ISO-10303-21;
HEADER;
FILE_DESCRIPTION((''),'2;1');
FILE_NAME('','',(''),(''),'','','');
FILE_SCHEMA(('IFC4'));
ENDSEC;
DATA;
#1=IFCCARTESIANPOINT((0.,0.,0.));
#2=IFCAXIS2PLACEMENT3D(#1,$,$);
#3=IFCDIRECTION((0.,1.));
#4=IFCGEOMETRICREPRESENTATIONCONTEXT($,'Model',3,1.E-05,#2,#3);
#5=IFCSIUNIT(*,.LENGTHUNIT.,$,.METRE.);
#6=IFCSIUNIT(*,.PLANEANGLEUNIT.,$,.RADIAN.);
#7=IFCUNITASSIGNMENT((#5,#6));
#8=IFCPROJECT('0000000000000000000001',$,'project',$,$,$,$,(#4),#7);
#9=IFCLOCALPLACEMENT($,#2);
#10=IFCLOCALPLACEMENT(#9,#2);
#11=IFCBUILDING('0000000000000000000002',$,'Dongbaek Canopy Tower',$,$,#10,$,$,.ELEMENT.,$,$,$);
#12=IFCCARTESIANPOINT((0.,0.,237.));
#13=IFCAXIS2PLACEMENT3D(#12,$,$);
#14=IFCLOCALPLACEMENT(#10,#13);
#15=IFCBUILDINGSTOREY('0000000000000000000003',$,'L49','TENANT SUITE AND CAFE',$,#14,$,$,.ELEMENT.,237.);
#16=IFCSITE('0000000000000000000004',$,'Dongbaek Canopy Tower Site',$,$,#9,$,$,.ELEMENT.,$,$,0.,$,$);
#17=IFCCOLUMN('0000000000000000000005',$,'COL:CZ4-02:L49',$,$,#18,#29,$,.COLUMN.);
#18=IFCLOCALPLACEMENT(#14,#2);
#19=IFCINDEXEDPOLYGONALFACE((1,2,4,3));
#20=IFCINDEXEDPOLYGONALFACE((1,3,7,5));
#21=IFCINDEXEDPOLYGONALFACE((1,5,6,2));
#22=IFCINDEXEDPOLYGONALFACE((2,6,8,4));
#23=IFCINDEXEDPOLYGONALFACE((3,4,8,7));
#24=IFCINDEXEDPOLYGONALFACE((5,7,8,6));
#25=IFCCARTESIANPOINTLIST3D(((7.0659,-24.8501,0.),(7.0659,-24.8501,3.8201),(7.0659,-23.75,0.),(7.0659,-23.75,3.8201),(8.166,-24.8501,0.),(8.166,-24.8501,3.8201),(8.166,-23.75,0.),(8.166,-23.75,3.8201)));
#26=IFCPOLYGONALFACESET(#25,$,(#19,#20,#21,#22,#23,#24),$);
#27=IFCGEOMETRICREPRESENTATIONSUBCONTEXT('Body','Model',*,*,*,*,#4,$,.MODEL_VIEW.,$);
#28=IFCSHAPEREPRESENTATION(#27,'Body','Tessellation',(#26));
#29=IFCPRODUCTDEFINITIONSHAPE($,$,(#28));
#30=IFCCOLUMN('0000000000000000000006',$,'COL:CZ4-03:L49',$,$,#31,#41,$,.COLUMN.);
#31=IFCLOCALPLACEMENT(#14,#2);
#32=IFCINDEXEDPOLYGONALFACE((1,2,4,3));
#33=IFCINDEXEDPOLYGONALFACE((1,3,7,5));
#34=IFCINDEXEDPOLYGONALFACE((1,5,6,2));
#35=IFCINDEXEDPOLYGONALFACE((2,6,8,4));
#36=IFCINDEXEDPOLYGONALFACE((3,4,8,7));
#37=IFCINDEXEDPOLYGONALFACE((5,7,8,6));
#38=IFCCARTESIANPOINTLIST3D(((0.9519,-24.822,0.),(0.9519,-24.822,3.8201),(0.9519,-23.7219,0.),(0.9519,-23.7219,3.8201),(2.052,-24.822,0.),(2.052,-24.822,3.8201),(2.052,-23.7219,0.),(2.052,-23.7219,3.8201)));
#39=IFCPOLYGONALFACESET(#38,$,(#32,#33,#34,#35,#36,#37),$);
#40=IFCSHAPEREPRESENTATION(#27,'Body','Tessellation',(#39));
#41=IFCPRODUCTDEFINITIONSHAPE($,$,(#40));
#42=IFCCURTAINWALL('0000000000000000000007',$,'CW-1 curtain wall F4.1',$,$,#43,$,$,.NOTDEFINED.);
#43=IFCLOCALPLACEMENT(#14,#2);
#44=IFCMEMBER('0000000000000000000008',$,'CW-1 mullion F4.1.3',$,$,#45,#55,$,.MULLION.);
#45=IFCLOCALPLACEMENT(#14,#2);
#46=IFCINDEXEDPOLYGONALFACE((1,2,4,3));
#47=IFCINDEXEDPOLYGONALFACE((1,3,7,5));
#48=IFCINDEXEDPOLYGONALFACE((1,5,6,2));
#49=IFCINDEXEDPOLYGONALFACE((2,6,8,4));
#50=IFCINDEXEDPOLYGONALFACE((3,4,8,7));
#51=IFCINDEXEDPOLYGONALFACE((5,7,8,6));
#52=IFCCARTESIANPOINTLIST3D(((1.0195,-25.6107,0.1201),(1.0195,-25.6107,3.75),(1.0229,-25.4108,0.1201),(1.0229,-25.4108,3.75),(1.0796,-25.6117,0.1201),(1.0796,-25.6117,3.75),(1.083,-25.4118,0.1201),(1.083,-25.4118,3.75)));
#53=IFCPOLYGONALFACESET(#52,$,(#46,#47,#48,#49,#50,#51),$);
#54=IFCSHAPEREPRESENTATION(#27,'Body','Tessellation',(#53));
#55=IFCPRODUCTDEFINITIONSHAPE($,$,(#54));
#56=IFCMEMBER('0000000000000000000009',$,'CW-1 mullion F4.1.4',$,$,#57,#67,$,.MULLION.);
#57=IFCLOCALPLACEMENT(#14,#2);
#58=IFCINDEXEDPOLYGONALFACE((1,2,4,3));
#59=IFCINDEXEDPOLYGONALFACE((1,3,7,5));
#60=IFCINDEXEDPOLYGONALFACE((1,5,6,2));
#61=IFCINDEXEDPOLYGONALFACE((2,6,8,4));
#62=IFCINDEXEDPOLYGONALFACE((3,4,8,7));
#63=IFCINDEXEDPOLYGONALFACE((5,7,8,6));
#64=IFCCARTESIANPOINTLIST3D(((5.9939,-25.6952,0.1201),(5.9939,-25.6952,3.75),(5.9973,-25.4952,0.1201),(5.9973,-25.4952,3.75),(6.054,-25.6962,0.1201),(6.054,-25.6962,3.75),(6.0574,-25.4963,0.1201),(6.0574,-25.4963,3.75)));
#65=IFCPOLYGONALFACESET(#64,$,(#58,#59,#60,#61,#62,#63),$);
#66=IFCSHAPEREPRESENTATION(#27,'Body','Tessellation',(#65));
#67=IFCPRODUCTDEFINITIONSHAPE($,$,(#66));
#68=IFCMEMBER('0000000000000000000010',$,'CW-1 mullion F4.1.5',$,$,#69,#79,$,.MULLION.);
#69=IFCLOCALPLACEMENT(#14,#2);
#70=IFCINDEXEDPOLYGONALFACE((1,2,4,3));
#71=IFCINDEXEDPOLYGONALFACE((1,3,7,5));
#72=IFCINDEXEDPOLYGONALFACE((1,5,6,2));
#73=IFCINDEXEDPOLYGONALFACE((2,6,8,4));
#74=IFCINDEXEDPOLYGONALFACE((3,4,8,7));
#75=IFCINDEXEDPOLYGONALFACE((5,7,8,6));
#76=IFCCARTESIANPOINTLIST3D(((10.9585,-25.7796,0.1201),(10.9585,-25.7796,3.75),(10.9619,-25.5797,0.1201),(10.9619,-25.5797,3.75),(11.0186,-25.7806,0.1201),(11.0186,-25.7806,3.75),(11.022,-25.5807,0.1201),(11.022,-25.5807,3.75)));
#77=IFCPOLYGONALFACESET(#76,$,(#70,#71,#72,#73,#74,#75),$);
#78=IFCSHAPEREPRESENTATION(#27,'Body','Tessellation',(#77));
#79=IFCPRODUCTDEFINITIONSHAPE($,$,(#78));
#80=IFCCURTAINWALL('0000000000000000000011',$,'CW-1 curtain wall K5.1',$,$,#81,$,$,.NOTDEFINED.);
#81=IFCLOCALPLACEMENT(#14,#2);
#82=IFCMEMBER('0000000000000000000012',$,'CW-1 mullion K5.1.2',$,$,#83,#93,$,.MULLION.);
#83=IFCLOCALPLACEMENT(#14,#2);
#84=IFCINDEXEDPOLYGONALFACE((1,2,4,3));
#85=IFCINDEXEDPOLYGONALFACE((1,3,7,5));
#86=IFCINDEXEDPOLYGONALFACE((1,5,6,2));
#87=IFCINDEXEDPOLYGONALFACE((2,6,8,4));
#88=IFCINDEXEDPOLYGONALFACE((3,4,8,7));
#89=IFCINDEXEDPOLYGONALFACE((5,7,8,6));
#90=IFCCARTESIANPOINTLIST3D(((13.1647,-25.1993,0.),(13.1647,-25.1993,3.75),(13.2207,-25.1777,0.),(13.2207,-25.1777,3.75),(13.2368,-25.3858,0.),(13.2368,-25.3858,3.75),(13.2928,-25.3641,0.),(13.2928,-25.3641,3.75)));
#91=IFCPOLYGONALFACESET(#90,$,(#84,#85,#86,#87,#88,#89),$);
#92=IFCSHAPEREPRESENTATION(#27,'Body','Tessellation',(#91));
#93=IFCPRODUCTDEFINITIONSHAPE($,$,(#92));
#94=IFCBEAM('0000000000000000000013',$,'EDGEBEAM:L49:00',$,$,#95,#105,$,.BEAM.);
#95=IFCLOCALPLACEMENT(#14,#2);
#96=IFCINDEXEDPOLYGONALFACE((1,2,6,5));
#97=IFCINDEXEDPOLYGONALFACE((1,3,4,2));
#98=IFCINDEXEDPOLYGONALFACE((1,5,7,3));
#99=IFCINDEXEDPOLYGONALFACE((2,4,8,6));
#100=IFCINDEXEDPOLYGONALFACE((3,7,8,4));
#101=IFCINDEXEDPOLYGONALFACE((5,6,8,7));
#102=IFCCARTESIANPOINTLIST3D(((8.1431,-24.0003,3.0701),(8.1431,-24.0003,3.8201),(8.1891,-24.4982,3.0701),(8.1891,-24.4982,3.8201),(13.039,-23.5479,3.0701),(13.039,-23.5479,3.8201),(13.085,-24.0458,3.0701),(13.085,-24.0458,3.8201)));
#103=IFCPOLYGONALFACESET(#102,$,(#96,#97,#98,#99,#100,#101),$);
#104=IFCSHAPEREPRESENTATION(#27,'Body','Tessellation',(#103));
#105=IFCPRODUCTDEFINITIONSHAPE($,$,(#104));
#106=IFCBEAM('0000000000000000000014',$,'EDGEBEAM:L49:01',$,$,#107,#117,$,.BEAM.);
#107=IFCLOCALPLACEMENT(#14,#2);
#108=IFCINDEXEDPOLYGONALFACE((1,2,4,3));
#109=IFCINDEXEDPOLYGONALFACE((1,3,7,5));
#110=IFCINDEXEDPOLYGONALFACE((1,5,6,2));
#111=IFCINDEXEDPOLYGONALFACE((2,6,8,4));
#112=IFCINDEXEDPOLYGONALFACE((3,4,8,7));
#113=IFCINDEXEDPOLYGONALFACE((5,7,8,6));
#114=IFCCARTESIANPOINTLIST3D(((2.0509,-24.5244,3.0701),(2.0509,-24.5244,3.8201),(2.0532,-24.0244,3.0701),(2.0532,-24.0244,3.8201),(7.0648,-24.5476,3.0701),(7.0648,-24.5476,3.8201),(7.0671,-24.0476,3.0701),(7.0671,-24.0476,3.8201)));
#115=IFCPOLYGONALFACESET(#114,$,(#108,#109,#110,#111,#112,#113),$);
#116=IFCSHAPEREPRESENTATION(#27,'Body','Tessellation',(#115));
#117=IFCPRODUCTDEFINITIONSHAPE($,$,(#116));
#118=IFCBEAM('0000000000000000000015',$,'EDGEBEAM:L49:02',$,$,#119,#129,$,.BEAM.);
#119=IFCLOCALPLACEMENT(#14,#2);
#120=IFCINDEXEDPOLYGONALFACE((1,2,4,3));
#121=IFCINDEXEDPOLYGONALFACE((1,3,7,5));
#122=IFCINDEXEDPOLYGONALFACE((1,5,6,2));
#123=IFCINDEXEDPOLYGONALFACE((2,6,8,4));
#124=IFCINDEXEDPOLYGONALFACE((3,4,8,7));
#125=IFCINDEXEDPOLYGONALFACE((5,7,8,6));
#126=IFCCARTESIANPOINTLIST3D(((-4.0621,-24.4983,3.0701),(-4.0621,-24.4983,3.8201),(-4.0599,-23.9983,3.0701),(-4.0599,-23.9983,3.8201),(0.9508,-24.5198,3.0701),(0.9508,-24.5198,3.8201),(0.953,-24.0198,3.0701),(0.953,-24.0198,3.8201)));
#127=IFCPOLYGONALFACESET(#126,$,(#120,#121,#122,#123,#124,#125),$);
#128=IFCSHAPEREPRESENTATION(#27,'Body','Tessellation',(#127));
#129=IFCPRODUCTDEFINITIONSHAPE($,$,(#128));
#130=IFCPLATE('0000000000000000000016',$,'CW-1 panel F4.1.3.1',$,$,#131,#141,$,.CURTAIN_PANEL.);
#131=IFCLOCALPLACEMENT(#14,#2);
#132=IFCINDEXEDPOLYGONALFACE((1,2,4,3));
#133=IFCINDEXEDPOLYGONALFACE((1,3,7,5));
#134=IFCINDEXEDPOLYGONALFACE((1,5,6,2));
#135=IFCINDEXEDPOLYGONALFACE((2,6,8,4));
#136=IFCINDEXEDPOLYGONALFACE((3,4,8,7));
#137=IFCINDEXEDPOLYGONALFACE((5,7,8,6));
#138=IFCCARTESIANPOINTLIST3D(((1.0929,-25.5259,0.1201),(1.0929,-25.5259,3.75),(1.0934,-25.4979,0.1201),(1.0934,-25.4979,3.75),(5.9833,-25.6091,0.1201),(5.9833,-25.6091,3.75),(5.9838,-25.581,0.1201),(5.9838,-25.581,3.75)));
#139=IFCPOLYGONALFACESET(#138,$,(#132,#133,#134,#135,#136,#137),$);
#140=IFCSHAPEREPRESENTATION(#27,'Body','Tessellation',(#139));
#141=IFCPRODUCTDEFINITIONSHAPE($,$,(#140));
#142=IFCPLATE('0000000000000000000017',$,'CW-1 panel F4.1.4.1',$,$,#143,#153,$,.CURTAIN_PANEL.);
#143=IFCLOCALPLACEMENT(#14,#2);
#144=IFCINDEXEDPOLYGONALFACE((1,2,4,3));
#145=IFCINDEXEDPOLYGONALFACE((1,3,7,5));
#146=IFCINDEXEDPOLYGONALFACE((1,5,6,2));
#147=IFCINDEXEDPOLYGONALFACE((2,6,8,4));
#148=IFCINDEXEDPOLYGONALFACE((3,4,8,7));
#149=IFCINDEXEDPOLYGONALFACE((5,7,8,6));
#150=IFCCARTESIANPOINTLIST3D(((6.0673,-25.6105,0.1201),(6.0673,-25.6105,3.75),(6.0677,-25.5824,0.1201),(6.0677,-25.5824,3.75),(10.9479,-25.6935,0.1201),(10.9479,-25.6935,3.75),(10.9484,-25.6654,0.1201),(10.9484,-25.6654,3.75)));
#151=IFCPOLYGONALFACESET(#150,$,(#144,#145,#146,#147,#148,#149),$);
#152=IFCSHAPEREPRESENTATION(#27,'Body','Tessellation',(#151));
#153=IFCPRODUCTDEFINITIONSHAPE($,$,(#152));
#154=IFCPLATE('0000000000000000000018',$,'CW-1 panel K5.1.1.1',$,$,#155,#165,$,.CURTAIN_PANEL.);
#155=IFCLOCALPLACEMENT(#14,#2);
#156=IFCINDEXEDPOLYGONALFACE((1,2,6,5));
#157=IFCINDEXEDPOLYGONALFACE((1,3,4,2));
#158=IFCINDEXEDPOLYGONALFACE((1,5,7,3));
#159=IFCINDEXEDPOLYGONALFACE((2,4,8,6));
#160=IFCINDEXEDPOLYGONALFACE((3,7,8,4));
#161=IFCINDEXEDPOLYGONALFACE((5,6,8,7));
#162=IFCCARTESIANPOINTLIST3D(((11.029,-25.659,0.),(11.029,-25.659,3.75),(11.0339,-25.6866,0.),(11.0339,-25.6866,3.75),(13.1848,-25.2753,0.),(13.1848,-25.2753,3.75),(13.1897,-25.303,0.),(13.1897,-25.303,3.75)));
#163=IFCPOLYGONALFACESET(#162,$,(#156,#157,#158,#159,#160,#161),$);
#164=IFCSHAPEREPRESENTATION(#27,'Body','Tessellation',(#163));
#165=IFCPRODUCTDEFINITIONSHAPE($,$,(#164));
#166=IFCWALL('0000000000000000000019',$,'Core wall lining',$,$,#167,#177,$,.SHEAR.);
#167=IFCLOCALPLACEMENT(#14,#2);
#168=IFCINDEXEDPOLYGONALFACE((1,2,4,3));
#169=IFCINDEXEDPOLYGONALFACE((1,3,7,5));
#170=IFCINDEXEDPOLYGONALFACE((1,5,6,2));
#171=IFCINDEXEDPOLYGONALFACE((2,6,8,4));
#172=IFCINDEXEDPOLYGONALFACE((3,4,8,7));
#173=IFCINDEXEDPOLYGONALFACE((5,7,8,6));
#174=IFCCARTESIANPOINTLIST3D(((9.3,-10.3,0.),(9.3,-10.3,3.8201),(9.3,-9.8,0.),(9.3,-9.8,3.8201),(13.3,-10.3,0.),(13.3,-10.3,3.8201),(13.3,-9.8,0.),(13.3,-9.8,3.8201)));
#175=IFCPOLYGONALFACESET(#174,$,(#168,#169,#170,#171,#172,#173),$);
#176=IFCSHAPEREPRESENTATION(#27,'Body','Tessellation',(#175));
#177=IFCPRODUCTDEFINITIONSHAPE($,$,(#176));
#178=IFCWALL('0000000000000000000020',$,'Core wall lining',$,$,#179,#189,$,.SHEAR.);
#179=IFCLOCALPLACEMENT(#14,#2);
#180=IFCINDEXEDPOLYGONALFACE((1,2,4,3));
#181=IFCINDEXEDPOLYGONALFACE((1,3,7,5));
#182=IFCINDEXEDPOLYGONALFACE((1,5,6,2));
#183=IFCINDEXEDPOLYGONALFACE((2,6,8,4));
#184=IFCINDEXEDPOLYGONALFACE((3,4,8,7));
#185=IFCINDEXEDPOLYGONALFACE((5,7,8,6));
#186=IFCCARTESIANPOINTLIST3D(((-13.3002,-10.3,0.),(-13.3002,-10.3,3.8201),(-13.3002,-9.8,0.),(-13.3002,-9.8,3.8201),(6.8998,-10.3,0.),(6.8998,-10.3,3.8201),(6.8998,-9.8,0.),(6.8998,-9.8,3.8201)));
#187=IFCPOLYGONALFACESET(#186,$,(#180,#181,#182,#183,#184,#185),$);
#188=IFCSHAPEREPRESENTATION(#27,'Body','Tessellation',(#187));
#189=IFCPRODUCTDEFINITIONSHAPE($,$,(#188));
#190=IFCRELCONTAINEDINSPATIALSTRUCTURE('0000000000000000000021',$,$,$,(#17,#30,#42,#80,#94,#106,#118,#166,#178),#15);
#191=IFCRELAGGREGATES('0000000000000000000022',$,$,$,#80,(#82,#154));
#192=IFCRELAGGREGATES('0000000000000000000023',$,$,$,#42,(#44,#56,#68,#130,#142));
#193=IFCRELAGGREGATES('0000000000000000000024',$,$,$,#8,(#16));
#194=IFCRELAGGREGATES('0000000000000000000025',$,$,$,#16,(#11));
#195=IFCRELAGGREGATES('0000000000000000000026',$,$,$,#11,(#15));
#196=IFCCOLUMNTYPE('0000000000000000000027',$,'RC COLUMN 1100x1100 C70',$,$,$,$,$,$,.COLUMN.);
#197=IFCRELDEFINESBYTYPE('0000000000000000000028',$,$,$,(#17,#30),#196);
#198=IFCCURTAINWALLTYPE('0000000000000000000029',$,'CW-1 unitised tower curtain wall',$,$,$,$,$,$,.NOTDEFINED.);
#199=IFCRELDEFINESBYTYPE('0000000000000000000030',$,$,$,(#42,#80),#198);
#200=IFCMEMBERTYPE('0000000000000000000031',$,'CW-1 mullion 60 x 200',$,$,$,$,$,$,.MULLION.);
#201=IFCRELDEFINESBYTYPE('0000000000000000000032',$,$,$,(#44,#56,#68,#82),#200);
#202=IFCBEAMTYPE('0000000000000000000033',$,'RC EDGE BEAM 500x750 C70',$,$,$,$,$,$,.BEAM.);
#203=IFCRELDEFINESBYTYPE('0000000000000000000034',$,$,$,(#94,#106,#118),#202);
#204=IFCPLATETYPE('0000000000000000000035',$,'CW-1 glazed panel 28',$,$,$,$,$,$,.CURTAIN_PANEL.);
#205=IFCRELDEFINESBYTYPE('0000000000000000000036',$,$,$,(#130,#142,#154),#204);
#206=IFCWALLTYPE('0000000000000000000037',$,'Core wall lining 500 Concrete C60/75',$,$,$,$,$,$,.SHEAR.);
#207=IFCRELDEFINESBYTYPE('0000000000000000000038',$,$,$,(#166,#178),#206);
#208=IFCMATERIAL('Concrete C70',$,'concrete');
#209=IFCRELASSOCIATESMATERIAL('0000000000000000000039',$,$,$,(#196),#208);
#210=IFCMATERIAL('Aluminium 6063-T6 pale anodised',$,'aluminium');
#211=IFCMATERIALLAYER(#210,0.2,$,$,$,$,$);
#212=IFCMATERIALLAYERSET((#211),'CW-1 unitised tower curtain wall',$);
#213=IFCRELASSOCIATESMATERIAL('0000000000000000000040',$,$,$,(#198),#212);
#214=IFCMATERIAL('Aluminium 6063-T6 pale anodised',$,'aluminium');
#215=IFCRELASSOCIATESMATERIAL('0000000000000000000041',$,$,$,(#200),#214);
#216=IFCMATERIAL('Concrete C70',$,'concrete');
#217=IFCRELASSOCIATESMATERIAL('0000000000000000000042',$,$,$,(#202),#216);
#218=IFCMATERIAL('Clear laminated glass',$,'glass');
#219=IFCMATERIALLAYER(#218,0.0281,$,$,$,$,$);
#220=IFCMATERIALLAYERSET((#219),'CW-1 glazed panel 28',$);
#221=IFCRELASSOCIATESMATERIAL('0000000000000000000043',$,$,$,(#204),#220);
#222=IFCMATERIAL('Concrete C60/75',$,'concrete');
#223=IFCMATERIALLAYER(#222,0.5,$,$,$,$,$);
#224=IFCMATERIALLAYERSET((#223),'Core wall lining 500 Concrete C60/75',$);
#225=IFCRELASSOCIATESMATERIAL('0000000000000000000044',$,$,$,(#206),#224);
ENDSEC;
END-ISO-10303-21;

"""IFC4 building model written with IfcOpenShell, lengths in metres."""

from ifc_helpers import new_model, si_unit, direction, frame, frame_2d, origin, origin_2d, place, context, subcontext, project, spatial, rectangle, extrude, material, layer, layer_set, material_profile, profile_set, type_object, element, aggregate, save


model = new_model("IFC4")

# Units and contexts
model_context = context("Model", 3, precision=1e-05, world=origin(), true_north=direction((0.0, 1.0)))
body_context = subcontext(model_context, "Body", "Model", "MODEL_VIEW")
ifc_project = project(units=[si_unit("LENGTHUNIT", "METRE"), si_unit("PLANEANGLEUNIT", "RADIAN")], contexts=[model_context])

# Site, building, storey
site_placement = place(None, origin())
site = spatial("IfcSite", under=ifc_project, at=site_placement, Name="Dongbaek Canopy Tower Site", CompositionType="ELEMENT", RefElevation=0.0)
building_placement = place(site_placement, origin())
building = spatial("IfcBuilding", under=site, at=building_placement, Name="Dongbaek Canopy Tower", CompositionType="ELEMENT")
storey_placement = place(building_placement, frame((0.0, 0.0, 237.0)))
storey = spatial("IfcBuildingStorey", under=building, at=storey_placement, Name="L49", Description="TENANT SUITE AND CAFE", CompositionType="ELEMENT", Elevation=237.0)

# Columns
ifc_material_1 = material(Name="Concrete C70", Category="concrete")
ifc_material_profile_1 = material_profile(ifc_material_1, rectangle(XDim=1.1001, YDim=1.1001, at=origin_2d()), Name="RC COLUMN 1100x1100 C70")
ifc_profile_set_1 = profile_set([ifc_material_profile_1], Name="Concrete C70")
column_type = type_object("IfcColumnType", Name="RC COLUMN 1100x1100 C70", PredefinedType="COLUMN", material=ifc_profile_set_1)
for number, where, z_axis, x_axis, name in (
    (1, (7.616, -24.3, 0.0), (0.0, 0.0, 1.0), (1.0, 0.0, 0.0), "COL:CZ4-02:L49"),
    (2, (1.502, -24.272, 0.0), (0.0, 0.0, 1.0), (1.0, 0.0, 0.0), "COL:CZ4-03:L49"),
):
    element("IfcColumn", number, at=place(storey_placement, frame(where, z_axis=z_axis, x_axis=x_axis)), inside=storey, type_object=column_type, Name=name, PredefinedType="COLUMN", context=body_context, shape_type="SweptSolid", body=[
        extrude(rectangle(XDim=1.1001, YDim=1.1001, at=origin_2d()), origin(), (0.0, 0.0, 1.0), 3.8201),
    ])

# Curtain wall, members
ifc_material_2 = material(Name="Aluminium 6063-T6 pale anodised", Category="aluminium")
ifc_layer_1 = layer(ifc_material_2, 0.2)
ifc_layer_set_1 = layer_set([ifc_layer_1], Name="CW-1 unitised tower curtain wall")
curtain_wall_type = type_object("IfcCurtainWallType", Name="CW-1 unitised tower curtain wall", PredefinedType="NOTDEFINED", material=ifc_layer_set_1)
curtain_wall_1_placement = place(storey_placement, origin())
curtain_wall_1 = element("IfcCurtainWall", 3, at=curtain_wall_1_placement, inside=storey, type_object=curtain_wall_type, Name="CW-1 curtain wall F4.1", PredefinedType="NOTDEFINED")
ifc_material_3 = material(Name="Aluminium 6063-T6 pale anodised", Category="aluminium")
ifc_material_profile_2 = material_profile(ifc_material_3, rectangle(XDim=0.2, YDim=0.0601, at=origin_2d()), Name="CW-1 mullion 60 x 200")
ifc_profile_set_2 = profile_set([ifc_material_profile_2], Name="Aluminium 6063-T6 pale anodised")
member_type = type_object("IfcMemberType", Name="CW-1 mullion 60 x 200", PredefinedType="MULLION", material=ifc_profile_set_2)
member_1_placement = place(storey_placement, frame((1.0513, -25.5112, 0.1201), z_axis=(0.0, 0.0, 1.0), x_axis=(-0.016993, -0.999856, 0.0)))
member_1 = element("IfcMember", 4, at=member_1_placement, type_object=member_type, Name="CW-1 mullion F4.1.3", PredefinedType="MULLION", context=body_context, shape_type="SweptSolid", body=[
    extrude(rectangle(XDim=0.2, YDim=0.0601, at=origin_2d()), origin(), (0.0, 0.0, 1.0), 3.6299),
])
member_2_placement = place(storey_placement, frame((6.0256, -25.5957, 0.1201), z_axis=(0.0, 0.0, 1.0), x_axis=(-0.016993, -0.999856, 0.0)))
member_2 = element("IfcMember", 5, at=member_2_placement, type_object=member_type, Name="CW-1 mullion F4.1.4", PredefinedType="MULLION", context=body_context, shape_type="SweptSolid", body=[
    extrude(rectangle(XDim=0.2, YDim=0.0601, at=origin_2d()), origin(), (0.0, 0.0, 1.0), 3.6299),
])
member_3_placement = place(storey_placement, frame((10.9902, -25.6802, 0.1201), z_axis=(0.0, 0.0, 1.0), x_axis=(-0.016993, -0.999856, 0.0)))
member_3 = element("IfcMember", 6, at=member_3_placement, type_object=member_type, Name="CW-1 mullion F4.1.5", PredefinedType="MULLION", context=body_context, shape_type="SweptSolid", body=[
    extrude(rectangle(XDim=0.2, YDim=0.0601, at=origin_2d()), origin(), (0.0, 0.0, 1.0), 3.6299),
])

# Curtain wall, member
curtain_wall_2_placement = place(storey_placement, origin())
curtain_wall_2 = element("IfcCurtainWall", 7, at=curtain_wall_2_placement, inside=storey, type_object=curtain_wall_type, Name="CW-1 curtain wall K5.1", PredefinedType="NOTDEFINED")
member_4_placement = place(storey_placement, frame((13.2288, -25.2817, 0.0), z_axis=(0.0, 0.0, 1.0), x_axis=(0.360883, -0.932611, 0.0)))
member_4 = element("IfcMember", 8, at=member_4_placement, type_object=member_type, Name="CW-1 mullion K5.1.2", PredefinedType="MULLION", context=body_context, shape_type="SweptSolid", body=[
    extrude(rectangle(XDim=0.2, YDim=0.0601, at=origin_2d()), origin(), (0.0, 0.0, 1.0), 3.75),
])

# Beams
ifc_material_4 = material(Name="Concrete C70", Category="concrete")
ifc_material_profile_3 = material_profile(ifc_material_4, rectangle(XDim=0.5, YDim=0.75, at=origin_2d()), Name="RC EDGE BEAM 500x750 C70")
ifc_profile_set_3 = profile_set([ifc_material_profile_3], Name="Concrete C70")
beam_type = type_object("IfcBeamType", Name="RC EDGE BEAM 500x750 C70", PredefinedType="BEAM", material=ifc_profile_set_3)
beam_1_placement = place(storey_placement, frame((13.062, -23.7969, 3.4451), z_axis=(-0.995758, -0.092009, 0.0), x_axis=(0.092009, -0.995758, 0.0)))
element("IfcBeam", 9, at=beam_1_placement, inside=storey, type_object=beam_type, Name="EDGEBEAM:L49:00", PredefinedType="BEAM", context=body_context, shape_type="SweptSolid", body=[
    extrude(rectangle(XDim=0.5, YDim=0.75, at=origin_2d()), origin(), (0.0, 0.0, 1.0), 4.9167),
])
beam_2_placement = place(storey_placement, frame((7.0659, -24.2976, 3.4451), z_axis=(-0.999989, 0.004626, 0.0), x_axis=(-0.004626, -0.999989, 0.0)))
element("IfcBeam", 10, at=beam_2_placement, inside=storey, type_object=beam_type, Name="EDGEBEAM:L49:01", PredefinedType="BEAM", context=body_context, shape_type="SweptSolid", body=[
    extrude(rectangle(XDim=0.5, YDim=0.75, at=origin_2d()), origin(), (0.0, 0.0, 1.0), 5.0139),
])
beam_3_placement = place(storey_placement, frame((0.9519, -24.2698, 3.4451), z_axis=(-0.999991, 0.004286, 0.0), x_axis=(-0.004286, -0.999991, 0.0)))
element("IfcBeam", 11, at=beam_3_placement, inside=storey, type_object=beam_type, Name="EDGEBEAM:L49:02", PredefinedType="BEAM", context=body_context, shape_type="SweptSolid", body=[
    extrude(rectangle(XDim=0.5, YDim=0.75, at=origin_2d()), origin(), (0.0, 0.0, 1.0), 5.0129),
])

# Plates
ifc_material_5 = material(Name="Clear laminated glass", Category="glass")
ifc_layer_2 = layer(ifc_material_5, 0.0281)
ifc_layer_set_2 = layer_set([ifc_layer_2], Name="CW-1 glazed panel 28")
plate_type = type_object("IfcPlateType", Name="CW-1 glazed panel 28", PredefinedType="CURTAIN_PANEL", material=ifc_layer_set_2)
plate_1_placement = place(storey_placement, frame((3.5383, -25.5535, 0.1201), z_axis=(0.0, 0.0, 1.0), x_axis=(0.999856, -0.016993, 0.0)))
plate_1 = element("IfcPlate", 12, at=plate_1_placement, type_object=plate_type, Name="CW-1 panel F4.1.3.1", PredefinedType="CURTAIN_PANEL", context=body_context, shape_type="SweptSolid", body=[
    extrude(rectangle(XDim=4.8911, YDim=0.0281, at=origin_2d()), origin(), (0.0, 0.0, 1.0), 3.6299),
])
plate_2_placement = place(storey_placement, frame((8.5078, -25.6379, 0.1201), z_axis=(0.0, 0.0, 1.0), x_axis=(0.999856, -0.016993, 0.0)))
plate_2 = element("IfcPlate", 13, at=plate_2_placement, type_object=plate_type, Name="CW-1 panel F4.1.4.1", PredefinedType="CURTAIN_PANEL", context=body_context, shape_type="SweptSolid", body=[
    extrude(rectangle(XDim=4.8813, YDim=0.0281, at=origin_2d()), origin(), (0.0, 0.0, 1.0), 3.6299),
])
plate_3_placement = place(storey_placement, frame((12.1094, -25.481, 0.0), z_axis=(0.0, 0.0, 1.0), x_axis=(0.984533, 0.175201, 0.0)))
plate_3 = element("IfcPlate", 14, at=plate_3_placement, type_object=plate_type, Name="CW-1 panel K5.1.1.1", PredefinedType="CURTAIN_PANEL", context=body_context, shape_type="SweptSolid", body=[
    extrude(rectangle(XDim=2.1897, YDim=0.0281, at=origin_2d()), origin(), (0.0, 0.0, 1.0), 3.75),
])
aggregate(curtain_wall_2, [member_4, plate_3])

# Walls
ifc_material_6 = material(Name="Concrete C60/75", Category="concrete")
ifc_layer_3 = layer(ifc_material_6, 0.5)
ifc_layer_set_3 = layer_set([ifc_layer_3], Name="Core wall lining 500 Concrete C60/75")
wall_type_1 = type_object("IfcWallType", Name="Core wall lining 500 Concrete C60/75", PredefinedType="SHEAR", material=ifc_layer_set_3)
wall_1_placement = place(storey_placement, frame((13.3, -10.05, 0.0), z_axis=(0.0, 0.0, 1.0), x_axis=(-1.0, 0.0, 0.0)))
element("IfcWall", 15, at=wall_1_placement, inside=storey, type_object=wall_type_1, Name="Core wall lining", PredefinedType="SHEAR", context=body_context, shape_type="SweptSolid", body=[
    extrude(rectangle(XDim=4.0, YDim=0.5, at=frame_2d((2.0, 0.0))), origin(), (0.0, 0.0, 1.0), 3.8201),
])
wall_2_placement = place(storey_placement, frame((6.8999, -10.05, 0.0), z_axis=(0.0, 0.0, 1.0), x_axis=(-1.0, 0.0, 0.0)))
element("IfcWall", 16, at=wall_2_placement, inside=storey, type_object=wall_type_1, Name="Core wall lining", PredefinedType="SHEAR", context=body_context, shape_type="SweptSolid", body=[
    extrude(rectangle(XDim=20.2, YDim=0.5, at=frame_2d((10.1001, 0.0))), origin(), (0.0, 0.0, 1.0), 3.8201),
])

aggregate(curtain_wall_1, [member_1, member_2, member_3, plate_1, plate_2])

save(model, "model.ifc")
